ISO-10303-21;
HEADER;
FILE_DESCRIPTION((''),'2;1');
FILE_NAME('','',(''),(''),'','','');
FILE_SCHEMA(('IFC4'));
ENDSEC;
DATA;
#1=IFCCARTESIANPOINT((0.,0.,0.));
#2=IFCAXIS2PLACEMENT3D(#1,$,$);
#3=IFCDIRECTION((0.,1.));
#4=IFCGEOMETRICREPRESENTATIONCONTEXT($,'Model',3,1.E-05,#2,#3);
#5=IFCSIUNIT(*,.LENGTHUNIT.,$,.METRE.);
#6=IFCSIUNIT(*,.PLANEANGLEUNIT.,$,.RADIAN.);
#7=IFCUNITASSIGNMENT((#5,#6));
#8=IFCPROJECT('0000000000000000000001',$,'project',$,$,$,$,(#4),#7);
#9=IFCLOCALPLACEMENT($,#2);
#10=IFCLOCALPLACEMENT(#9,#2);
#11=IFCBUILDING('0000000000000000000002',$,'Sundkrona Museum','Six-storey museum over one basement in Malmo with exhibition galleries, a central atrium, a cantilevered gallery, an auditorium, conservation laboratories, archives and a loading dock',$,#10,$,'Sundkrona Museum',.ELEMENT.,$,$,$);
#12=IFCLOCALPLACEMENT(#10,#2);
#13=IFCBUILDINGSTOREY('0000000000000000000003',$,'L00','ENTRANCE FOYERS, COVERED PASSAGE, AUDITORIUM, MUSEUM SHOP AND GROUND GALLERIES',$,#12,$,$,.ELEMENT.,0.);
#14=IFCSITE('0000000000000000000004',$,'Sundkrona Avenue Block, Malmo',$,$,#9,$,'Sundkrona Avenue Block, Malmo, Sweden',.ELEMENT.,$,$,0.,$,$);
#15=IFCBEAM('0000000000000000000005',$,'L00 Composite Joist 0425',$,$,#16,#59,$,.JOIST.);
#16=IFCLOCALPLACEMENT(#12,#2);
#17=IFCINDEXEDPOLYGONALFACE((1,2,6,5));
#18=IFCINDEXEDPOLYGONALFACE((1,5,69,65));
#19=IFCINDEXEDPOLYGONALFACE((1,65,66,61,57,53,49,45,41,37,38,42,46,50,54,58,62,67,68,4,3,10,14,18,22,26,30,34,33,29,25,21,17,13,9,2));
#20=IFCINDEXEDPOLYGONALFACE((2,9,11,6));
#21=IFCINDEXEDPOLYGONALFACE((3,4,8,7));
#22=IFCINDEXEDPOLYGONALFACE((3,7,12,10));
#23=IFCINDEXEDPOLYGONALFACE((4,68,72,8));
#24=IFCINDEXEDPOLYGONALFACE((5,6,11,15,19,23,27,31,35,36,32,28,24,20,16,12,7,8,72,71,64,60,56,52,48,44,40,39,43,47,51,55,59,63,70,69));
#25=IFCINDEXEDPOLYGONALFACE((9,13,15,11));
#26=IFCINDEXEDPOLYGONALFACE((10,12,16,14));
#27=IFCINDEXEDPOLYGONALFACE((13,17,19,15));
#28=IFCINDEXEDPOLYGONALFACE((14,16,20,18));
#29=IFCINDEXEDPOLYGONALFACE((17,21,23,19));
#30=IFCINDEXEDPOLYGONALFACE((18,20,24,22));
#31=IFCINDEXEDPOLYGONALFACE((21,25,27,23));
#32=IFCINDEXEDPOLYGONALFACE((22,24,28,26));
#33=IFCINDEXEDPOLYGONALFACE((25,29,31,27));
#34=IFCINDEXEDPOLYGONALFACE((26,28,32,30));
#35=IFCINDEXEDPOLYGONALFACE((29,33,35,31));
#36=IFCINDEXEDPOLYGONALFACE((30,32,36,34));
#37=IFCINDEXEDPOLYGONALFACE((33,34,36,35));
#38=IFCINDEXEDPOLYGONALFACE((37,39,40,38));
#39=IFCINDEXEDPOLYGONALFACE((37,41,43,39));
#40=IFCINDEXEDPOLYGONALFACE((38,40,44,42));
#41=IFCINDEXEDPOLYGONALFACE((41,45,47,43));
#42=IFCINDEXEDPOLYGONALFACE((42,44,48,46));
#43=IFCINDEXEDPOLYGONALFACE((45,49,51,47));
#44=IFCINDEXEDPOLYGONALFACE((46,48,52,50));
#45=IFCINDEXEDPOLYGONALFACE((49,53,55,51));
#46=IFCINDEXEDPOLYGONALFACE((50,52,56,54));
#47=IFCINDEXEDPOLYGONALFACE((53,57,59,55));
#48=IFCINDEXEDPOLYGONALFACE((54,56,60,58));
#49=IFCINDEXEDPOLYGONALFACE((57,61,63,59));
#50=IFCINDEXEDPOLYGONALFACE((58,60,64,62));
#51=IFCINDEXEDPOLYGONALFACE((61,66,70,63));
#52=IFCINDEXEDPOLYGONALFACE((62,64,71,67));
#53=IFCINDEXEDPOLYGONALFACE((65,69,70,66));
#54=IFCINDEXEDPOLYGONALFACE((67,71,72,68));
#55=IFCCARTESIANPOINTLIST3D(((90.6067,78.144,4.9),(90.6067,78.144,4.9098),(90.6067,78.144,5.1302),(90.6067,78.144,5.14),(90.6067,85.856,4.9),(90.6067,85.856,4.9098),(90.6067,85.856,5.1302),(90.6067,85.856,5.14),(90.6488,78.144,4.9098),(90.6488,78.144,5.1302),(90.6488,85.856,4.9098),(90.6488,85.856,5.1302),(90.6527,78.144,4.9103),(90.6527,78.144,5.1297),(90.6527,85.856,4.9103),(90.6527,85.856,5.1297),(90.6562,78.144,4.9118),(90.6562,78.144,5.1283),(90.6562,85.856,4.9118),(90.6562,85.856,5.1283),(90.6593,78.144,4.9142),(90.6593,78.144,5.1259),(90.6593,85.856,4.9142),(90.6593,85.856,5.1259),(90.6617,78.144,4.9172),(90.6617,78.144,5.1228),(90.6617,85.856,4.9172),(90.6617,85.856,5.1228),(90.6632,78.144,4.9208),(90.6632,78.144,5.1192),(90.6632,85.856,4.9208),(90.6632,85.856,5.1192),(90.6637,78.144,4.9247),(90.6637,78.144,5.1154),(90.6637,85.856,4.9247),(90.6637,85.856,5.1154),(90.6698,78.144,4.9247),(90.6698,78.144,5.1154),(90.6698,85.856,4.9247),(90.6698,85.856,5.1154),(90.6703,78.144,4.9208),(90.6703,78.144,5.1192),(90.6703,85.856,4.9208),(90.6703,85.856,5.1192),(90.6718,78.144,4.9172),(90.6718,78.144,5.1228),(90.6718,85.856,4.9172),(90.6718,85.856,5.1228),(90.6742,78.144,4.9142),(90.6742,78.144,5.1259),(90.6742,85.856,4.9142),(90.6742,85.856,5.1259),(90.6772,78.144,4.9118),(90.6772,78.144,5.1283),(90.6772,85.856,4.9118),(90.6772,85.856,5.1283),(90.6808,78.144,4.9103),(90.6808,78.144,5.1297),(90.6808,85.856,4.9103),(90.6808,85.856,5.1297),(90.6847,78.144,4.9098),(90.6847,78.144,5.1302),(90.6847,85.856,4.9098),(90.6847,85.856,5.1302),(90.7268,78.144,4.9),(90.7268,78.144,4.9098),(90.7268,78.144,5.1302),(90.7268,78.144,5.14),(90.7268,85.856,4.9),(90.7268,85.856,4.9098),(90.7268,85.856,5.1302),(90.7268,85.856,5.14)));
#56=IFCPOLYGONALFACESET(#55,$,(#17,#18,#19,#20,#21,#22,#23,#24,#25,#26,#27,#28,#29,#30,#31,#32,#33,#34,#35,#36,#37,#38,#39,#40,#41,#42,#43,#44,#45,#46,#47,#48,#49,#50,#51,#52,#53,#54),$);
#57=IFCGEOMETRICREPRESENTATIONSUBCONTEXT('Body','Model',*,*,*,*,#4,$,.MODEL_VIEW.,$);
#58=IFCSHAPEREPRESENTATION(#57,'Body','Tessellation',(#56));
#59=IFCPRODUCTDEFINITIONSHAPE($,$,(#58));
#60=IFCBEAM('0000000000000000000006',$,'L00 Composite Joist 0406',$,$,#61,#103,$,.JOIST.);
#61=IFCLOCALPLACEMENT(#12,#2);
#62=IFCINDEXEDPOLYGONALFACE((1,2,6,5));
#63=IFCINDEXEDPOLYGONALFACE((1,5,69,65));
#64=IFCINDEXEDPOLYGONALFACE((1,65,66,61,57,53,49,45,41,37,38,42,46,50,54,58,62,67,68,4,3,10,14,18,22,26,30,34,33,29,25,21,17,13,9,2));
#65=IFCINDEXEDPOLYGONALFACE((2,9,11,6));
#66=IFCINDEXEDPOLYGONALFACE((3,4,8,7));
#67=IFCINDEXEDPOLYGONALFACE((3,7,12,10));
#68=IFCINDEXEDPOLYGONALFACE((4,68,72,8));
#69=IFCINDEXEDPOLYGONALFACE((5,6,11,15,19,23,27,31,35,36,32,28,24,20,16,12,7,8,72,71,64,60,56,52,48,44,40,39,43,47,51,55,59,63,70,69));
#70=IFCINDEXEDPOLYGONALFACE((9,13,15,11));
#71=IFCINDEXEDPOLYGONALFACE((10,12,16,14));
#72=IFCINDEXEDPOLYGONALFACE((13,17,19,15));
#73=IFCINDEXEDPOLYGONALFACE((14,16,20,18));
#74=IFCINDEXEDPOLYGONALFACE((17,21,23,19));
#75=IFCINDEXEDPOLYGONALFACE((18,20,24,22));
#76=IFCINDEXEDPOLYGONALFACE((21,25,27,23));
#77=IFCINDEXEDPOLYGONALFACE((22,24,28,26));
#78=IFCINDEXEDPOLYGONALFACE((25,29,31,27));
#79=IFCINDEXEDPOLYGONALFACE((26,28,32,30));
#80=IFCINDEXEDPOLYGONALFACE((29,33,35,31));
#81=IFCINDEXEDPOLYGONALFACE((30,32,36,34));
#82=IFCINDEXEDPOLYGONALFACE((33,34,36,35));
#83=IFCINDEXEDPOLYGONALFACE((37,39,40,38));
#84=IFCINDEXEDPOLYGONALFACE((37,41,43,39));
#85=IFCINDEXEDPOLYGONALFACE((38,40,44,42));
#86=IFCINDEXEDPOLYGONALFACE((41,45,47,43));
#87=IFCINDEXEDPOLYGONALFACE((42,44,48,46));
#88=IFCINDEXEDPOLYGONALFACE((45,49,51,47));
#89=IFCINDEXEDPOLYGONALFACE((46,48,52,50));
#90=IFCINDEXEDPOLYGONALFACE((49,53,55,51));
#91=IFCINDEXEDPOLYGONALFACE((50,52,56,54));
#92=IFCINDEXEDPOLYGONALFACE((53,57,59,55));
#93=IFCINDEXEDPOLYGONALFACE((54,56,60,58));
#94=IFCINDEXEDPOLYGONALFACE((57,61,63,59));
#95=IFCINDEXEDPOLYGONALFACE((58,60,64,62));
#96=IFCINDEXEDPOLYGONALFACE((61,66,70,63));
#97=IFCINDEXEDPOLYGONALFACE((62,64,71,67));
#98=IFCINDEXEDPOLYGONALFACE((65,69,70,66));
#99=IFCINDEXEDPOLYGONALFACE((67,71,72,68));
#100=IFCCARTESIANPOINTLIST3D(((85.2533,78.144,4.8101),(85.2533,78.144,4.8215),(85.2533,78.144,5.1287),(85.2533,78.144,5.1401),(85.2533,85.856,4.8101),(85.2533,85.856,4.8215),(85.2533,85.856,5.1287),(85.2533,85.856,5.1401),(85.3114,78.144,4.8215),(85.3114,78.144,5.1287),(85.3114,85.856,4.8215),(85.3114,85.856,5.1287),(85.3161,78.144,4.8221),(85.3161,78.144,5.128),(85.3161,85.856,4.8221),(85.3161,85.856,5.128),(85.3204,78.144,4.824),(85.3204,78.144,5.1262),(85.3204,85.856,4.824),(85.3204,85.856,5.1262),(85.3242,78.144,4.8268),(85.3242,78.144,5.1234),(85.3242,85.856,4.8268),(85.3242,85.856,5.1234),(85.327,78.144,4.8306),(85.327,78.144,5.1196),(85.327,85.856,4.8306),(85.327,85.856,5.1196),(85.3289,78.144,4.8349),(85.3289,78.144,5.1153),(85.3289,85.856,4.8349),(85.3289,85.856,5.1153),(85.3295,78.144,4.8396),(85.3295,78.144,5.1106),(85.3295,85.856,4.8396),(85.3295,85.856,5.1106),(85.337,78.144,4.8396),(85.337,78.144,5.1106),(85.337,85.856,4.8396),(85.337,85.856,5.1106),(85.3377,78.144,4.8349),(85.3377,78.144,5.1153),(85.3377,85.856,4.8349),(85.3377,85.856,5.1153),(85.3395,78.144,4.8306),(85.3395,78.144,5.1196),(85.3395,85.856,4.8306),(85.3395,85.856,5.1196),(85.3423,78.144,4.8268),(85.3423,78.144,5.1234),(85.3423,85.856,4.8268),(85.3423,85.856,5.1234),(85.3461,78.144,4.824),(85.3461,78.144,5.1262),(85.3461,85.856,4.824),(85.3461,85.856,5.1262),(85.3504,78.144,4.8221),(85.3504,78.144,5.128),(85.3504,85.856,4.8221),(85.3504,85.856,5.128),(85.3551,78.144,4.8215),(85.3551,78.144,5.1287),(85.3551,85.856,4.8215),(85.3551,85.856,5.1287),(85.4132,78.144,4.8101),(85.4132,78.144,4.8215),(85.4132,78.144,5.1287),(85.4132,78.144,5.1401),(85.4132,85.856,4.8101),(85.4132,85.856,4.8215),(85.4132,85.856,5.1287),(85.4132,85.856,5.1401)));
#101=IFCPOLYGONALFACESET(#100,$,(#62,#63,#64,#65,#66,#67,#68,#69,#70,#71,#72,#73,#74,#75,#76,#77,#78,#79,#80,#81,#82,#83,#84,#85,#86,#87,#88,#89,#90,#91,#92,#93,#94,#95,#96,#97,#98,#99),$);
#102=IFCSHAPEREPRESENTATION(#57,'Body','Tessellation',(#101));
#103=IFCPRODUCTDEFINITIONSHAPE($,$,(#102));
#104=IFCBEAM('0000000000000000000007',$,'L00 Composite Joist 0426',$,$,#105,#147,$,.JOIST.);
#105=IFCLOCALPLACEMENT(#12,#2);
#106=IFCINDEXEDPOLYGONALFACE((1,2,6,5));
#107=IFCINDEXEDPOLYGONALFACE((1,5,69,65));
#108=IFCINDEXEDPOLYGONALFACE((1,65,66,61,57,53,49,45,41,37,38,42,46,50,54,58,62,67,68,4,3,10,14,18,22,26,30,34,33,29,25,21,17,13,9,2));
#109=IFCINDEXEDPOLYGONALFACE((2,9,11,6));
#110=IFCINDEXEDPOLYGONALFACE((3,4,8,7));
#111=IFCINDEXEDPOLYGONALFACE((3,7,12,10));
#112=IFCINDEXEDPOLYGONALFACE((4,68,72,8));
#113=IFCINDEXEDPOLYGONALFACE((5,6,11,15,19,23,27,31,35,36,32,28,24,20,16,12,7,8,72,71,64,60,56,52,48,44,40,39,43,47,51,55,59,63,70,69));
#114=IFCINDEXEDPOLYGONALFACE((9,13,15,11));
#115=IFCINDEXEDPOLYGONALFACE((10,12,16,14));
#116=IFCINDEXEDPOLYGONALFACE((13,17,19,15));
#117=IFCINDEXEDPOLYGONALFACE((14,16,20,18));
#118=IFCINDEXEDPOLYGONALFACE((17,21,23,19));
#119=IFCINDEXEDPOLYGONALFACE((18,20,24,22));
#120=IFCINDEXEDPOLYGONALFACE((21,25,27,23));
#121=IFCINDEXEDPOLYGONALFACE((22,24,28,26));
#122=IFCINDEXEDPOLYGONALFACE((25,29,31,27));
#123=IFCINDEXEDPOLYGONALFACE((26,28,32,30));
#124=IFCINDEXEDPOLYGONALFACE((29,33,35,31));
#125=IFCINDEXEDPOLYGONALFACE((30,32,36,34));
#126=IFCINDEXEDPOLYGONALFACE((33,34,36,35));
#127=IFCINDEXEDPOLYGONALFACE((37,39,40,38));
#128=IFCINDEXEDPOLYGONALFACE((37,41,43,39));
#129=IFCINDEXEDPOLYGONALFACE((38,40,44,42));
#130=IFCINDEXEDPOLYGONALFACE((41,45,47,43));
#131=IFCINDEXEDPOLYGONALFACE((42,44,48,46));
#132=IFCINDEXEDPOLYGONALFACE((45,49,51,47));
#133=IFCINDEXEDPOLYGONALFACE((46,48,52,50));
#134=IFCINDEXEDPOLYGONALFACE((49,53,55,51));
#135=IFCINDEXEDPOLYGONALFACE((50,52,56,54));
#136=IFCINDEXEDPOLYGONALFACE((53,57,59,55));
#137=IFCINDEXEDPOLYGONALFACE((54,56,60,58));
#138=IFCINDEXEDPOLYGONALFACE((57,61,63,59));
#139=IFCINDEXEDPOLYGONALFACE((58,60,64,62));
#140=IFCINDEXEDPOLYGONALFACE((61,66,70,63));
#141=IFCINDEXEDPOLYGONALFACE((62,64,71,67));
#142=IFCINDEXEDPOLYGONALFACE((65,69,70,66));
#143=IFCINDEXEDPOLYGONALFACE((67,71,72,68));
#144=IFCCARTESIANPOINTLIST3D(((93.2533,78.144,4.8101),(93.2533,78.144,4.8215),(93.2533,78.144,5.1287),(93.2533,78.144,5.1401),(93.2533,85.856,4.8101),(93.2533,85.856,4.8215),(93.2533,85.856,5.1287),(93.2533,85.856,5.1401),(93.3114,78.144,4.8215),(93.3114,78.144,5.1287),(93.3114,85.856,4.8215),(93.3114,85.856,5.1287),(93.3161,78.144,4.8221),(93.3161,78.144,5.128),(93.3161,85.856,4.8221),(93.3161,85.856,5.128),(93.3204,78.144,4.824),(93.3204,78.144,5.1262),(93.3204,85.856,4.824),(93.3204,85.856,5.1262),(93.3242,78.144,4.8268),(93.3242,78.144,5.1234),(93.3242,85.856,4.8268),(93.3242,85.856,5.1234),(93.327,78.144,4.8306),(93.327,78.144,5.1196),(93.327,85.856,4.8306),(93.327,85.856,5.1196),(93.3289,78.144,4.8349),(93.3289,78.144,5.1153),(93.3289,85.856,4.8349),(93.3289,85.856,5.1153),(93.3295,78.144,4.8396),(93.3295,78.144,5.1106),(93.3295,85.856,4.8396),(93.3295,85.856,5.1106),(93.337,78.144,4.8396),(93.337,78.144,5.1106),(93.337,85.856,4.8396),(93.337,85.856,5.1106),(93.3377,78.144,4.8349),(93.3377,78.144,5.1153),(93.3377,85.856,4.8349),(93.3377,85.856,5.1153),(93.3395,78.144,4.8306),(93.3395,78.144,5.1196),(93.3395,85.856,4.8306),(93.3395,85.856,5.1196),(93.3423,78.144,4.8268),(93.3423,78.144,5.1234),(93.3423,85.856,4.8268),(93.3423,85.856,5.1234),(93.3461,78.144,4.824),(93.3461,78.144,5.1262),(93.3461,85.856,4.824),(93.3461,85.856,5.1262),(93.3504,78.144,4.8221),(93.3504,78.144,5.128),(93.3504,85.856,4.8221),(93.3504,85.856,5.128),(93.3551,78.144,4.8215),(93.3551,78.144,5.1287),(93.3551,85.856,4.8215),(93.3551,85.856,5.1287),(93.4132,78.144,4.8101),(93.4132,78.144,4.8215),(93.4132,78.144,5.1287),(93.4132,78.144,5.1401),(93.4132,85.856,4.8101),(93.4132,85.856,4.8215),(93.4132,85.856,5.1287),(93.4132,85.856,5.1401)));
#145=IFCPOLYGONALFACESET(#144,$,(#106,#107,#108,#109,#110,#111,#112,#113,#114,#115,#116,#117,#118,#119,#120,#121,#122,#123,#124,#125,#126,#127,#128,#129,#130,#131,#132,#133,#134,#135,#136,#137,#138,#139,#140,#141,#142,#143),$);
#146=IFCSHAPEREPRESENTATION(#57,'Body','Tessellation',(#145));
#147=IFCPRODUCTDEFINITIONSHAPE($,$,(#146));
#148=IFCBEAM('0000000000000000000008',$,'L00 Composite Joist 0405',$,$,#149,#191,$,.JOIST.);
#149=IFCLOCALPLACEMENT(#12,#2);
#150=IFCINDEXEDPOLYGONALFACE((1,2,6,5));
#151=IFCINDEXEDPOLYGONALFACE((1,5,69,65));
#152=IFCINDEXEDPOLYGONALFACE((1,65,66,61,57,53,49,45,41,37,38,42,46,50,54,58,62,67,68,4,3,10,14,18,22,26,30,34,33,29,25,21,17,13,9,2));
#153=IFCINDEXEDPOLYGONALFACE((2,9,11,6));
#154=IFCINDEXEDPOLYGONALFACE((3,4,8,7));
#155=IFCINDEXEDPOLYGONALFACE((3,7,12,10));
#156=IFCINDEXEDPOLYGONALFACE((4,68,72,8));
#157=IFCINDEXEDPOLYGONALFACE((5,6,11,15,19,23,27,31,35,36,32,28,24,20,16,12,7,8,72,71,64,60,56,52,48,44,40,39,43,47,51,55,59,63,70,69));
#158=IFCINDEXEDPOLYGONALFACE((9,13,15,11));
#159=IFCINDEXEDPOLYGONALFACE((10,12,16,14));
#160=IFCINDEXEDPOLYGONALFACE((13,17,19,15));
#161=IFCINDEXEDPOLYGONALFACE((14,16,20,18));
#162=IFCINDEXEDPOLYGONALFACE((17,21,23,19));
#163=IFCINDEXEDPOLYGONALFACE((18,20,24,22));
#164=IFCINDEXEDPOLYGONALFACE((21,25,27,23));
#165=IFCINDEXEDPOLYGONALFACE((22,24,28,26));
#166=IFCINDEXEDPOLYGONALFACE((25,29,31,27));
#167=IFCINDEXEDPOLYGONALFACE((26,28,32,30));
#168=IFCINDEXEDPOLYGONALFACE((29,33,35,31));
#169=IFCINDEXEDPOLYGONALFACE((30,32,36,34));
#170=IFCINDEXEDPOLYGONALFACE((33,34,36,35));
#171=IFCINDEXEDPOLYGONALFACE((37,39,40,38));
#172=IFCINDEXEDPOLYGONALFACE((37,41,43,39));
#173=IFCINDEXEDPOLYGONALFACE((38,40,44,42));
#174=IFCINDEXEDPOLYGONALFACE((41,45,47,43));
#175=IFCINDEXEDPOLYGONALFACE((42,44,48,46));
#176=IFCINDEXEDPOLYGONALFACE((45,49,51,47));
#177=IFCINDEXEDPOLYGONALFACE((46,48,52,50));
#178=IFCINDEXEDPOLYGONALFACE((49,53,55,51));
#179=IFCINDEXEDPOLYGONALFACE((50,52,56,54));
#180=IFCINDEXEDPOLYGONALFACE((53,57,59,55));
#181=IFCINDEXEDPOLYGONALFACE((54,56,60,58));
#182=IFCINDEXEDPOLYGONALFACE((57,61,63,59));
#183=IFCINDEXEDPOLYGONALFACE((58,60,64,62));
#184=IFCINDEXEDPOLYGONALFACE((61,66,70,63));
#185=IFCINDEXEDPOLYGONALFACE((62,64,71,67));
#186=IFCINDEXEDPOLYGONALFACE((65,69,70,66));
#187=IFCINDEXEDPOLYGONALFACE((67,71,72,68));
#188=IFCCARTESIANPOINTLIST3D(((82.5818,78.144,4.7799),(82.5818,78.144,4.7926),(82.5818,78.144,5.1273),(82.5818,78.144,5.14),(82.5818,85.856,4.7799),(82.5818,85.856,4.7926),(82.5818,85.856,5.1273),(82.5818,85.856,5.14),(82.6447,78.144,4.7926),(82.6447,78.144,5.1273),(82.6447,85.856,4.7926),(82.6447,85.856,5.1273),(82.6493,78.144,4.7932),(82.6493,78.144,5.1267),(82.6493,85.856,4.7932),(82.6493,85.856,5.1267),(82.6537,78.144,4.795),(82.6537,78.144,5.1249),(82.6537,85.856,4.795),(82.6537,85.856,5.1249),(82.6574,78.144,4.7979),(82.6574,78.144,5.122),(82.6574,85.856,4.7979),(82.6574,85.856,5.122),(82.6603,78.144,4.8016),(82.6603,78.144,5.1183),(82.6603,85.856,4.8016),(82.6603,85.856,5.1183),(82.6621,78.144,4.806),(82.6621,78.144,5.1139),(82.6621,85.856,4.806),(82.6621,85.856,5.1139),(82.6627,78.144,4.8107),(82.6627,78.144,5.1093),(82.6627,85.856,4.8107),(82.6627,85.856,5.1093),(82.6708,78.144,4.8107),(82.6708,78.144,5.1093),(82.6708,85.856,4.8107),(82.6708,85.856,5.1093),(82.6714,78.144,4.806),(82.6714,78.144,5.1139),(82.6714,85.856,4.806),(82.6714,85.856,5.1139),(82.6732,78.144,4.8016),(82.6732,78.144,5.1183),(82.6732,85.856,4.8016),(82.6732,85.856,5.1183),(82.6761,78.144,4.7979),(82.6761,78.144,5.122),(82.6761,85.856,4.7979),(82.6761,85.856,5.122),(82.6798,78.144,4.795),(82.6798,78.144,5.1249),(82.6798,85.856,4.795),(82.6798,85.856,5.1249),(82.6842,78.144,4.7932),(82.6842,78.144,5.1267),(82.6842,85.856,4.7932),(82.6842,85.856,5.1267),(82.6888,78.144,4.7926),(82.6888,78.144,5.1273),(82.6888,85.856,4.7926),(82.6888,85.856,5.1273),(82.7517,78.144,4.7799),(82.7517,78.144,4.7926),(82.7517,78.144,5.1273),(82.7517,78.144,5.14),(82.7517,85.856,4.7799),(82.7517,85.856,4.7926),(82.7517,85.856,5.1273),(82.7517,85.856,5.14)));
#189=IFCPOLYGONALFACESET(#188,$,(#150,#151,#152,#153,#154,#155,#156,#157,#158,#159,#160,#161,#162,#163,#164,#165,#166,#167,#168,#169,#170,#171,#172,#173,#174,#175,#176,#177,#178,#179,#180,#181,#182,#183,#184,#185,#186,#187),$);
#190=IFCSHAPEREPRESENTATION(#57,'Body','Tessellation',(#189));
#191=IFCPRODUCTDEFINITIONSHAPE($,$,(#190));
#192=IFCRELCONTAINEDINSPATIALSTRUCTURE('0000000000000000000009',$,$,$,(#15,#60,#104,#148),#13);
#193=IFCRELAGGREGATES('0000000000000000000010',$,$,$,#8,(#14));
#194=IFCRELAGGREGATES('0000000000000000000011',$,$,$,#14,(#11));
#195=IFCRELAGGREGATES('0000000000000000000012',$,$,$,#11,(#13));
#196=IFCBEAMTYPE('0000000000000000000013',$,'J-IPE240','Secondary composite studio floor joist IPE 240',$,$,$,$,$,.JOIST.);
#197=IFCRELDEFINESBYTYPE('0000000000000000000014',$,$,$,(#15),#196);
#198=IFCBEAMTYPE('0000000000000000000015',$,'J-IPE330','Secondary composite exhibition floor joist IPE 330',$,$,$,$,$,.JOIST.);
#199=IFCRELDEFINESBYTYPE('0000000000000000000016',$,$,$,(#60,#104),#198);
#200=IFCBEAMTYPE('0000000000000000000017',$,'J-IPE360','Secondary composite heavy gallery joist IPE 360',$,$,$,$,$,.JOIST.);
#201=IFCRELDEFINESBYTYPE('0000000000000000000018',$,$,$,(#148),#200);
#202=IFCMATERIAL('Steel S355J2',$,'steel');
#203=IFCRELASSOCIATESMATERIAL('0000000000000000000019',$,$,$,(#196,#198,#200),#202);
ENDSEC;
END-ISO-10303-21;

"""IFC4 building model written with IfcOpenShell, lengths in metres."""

from ifc_helpers import new_model, si_unit, direction, frame, origin, origin_2d, place, context, subcontext, project, spatial, i_section, extrude, material, material_profile, profile_set, type_object, element, save


model = new_model("IFC4")

# Units and contexts
model_context = context("Model", 3, precision=1e-05, world=origin(), true_north=direction((0.0, 1.0)))
body_context = subcontext(model_context, "Body", "Model", "MODEL_VIEW")
ifc_project = project(units=[si_unit("LENGTHUNIT", "METRE"), si_unit("PLANEANGLEUNIT", "RADIAN")], contexts=[model_context])

# Site, building, storey
site_placement = place(None, origin())
site = spatial("IfcSite", under=ifc_project, at=site_placement, Name="Sundkrona Avenue Block, Malmo", LongName="Sundkrona Avenue Block, Malmo, Sweden", CompositionType="ELEMENT", RefElevation=0.0)
building_placement = place(site_placement, origin())
building = spatial("IfcBuilding", under=site, at=building_placement, Name="Sundkrona Museum", Description="Six-storey museum over one basement in Malmo with exhibition galleries, a central atrium, a cantilevered gallery, an auditorium, conservation laboratories, archives and a loading dock", LongName="Sundkrona Museum", CompositionType="ELEMENT")
storey_placement = place(building_placement, origin())
storey = spatial("IfcBuildingStorey", under=building, at=storey_placement, Name="L00", Description="ENTRANCE FOYERS, COVERED PASSAGE, AUDITORIUM, MUSEUM SHOP AND GROUND GALLERIES", CompositionType="ELEMENT", Elevation=0.0)

# Shared definitions
ifc_material_1 = material(Name="Steel S355J2", Category="steel")

# Beams
ifc_material_profile_1 = material_profile(ifc_material_1, i_section(OverallWidth=0.1201, OverallDepth=0.24, WebThickness=0.0061, FlangeThickness=0.0098, FilletRadius=0.0149, at=origin_2d()), Name="IPE 240")
ifc_profile_set_1 = profile_set([ifc_material_profile_1], Name="Steel S355J2")
beam_type_1 = type_object("IfcBeamType", Name="J-IPE240", Description="Secondary composite studio floor joist IPE 240", PredefinedType="JOIST", material=ifc_profile_set_1)
beam_1_placement = place(storey_placement, frame((90.6667, 78.144, 5.02), z_axis=(0.0, 1.0, 0.0), x_axis=(-1.0, 0.0, 0.0)))
element("IfcBeam", 1, at=beam_1_placement, inside=storey, type_object=beam_type_1, Name="L00 Composite Joist 0425", PredefinedType="JOIST", context=body_context, shape_type="SweptSolid", body=[
    extrude(i_section(OverallWidth=0.1201, OverallDepth=0.24, WebThickness=0.0061, FlangeThickness=0.0098, FilletRadius=0.0149, at=origin_2d()), origin(), (0.0, 0.0, 1.0), 7.7119),
])
ifc_material_profile_2 = material_profile(ifc_material_1, i_section(OverallWidth=0.1599, OverallDepth=0.3301, WebThickness=0.0076, FlangeThickness=0.0115, FilletRadius=0.0181, at=origin_2d()), Name="IPE 330")
ifc_profile_set_2 = profile_set([ifc_material_profile_2], Name="Steel S355J2")
beam_type_2 = type_object("IfcBeamType", Name="J-IPE330", Description="Secondary composite exhibition floor joist IPE 330", PredefinedType="JOIST", material=ifc_profile_set_2)
for number, where, z_axis, x_axis, name in (
    (2, (85.3333, 78.144, 4.9751), (0.0, 1.0, 0.0), (-1.0, 0.0, 0.0), "L00 Composite Joist 0406"),
    (3, (93.3333, 78.144, 4.9751), (0.0, 1.0, 0.0), (-1.0, 0.0, 0.0), "L00 Composite Joist 0426"),
):
    element("IfcBeam", number, at=place(storey_placement, frame(where, z_axis=z_axis, x_axis=x_axis)), inside=storey, type_object=beam_type_2, Name=name, PredefinedType="JOIST", context=body_context, shape_type="SweptSolid", body=[
        extrude(i_section(OverallWidth=0.1599, OverallDepth=0.3301, WebThickness=0.0076, FlangeThickness=0.0115, FilletRadius=0.0181, at=origin_2d()), origin(), (0.0, 0.0, 1.0), 7.7119),
    ])
ifc_material_profile_3 = material_profile(ifc_material_1, i_section(OverallWidth=0.1699, OverallDepth=0.3601, WebThickness=0.0081, FlangeThickness=0.0127, FilletRadius=0.0181, at=origin_2d()), Name="IPE 360")
ifc_profile_set_3 = profile_set([ifc_material_profile_3], Name="Steel S355J2")
beam_type_3 = type_object("IfcBeamType", Name="J-IPE360", Description="Secondary composite heavy gallery joist IPE 360", PredefinedType="JOIST", material=ifc_profile_set_3)
beam_2_placement = place(storey_placement, frame((82.6667, 78.144, 4.96), z_axis=(0.0, 1.0, 0.0), x_axis=(-1.0, 0.0, 0.0)))
element("IfcBeam", 4, at=beam_2_placement, inside=storey, type_object=beam_type_3, Name="L00 Composite Joist 0405", PredefinedType="JOIST", context=body_context, shape_type="SweptSolid", body=[
    extrude(i_section(OverallWidth=0.1699, OverallDepth=0.3601, WebThickness=0.0081, FlangeThickness=0.0127, FilletRadius=0.0181, at=origin_2d()), origin(), (0.0, 0.0, 1.0), 7.7119),
])

save(model, "model.ifc")
